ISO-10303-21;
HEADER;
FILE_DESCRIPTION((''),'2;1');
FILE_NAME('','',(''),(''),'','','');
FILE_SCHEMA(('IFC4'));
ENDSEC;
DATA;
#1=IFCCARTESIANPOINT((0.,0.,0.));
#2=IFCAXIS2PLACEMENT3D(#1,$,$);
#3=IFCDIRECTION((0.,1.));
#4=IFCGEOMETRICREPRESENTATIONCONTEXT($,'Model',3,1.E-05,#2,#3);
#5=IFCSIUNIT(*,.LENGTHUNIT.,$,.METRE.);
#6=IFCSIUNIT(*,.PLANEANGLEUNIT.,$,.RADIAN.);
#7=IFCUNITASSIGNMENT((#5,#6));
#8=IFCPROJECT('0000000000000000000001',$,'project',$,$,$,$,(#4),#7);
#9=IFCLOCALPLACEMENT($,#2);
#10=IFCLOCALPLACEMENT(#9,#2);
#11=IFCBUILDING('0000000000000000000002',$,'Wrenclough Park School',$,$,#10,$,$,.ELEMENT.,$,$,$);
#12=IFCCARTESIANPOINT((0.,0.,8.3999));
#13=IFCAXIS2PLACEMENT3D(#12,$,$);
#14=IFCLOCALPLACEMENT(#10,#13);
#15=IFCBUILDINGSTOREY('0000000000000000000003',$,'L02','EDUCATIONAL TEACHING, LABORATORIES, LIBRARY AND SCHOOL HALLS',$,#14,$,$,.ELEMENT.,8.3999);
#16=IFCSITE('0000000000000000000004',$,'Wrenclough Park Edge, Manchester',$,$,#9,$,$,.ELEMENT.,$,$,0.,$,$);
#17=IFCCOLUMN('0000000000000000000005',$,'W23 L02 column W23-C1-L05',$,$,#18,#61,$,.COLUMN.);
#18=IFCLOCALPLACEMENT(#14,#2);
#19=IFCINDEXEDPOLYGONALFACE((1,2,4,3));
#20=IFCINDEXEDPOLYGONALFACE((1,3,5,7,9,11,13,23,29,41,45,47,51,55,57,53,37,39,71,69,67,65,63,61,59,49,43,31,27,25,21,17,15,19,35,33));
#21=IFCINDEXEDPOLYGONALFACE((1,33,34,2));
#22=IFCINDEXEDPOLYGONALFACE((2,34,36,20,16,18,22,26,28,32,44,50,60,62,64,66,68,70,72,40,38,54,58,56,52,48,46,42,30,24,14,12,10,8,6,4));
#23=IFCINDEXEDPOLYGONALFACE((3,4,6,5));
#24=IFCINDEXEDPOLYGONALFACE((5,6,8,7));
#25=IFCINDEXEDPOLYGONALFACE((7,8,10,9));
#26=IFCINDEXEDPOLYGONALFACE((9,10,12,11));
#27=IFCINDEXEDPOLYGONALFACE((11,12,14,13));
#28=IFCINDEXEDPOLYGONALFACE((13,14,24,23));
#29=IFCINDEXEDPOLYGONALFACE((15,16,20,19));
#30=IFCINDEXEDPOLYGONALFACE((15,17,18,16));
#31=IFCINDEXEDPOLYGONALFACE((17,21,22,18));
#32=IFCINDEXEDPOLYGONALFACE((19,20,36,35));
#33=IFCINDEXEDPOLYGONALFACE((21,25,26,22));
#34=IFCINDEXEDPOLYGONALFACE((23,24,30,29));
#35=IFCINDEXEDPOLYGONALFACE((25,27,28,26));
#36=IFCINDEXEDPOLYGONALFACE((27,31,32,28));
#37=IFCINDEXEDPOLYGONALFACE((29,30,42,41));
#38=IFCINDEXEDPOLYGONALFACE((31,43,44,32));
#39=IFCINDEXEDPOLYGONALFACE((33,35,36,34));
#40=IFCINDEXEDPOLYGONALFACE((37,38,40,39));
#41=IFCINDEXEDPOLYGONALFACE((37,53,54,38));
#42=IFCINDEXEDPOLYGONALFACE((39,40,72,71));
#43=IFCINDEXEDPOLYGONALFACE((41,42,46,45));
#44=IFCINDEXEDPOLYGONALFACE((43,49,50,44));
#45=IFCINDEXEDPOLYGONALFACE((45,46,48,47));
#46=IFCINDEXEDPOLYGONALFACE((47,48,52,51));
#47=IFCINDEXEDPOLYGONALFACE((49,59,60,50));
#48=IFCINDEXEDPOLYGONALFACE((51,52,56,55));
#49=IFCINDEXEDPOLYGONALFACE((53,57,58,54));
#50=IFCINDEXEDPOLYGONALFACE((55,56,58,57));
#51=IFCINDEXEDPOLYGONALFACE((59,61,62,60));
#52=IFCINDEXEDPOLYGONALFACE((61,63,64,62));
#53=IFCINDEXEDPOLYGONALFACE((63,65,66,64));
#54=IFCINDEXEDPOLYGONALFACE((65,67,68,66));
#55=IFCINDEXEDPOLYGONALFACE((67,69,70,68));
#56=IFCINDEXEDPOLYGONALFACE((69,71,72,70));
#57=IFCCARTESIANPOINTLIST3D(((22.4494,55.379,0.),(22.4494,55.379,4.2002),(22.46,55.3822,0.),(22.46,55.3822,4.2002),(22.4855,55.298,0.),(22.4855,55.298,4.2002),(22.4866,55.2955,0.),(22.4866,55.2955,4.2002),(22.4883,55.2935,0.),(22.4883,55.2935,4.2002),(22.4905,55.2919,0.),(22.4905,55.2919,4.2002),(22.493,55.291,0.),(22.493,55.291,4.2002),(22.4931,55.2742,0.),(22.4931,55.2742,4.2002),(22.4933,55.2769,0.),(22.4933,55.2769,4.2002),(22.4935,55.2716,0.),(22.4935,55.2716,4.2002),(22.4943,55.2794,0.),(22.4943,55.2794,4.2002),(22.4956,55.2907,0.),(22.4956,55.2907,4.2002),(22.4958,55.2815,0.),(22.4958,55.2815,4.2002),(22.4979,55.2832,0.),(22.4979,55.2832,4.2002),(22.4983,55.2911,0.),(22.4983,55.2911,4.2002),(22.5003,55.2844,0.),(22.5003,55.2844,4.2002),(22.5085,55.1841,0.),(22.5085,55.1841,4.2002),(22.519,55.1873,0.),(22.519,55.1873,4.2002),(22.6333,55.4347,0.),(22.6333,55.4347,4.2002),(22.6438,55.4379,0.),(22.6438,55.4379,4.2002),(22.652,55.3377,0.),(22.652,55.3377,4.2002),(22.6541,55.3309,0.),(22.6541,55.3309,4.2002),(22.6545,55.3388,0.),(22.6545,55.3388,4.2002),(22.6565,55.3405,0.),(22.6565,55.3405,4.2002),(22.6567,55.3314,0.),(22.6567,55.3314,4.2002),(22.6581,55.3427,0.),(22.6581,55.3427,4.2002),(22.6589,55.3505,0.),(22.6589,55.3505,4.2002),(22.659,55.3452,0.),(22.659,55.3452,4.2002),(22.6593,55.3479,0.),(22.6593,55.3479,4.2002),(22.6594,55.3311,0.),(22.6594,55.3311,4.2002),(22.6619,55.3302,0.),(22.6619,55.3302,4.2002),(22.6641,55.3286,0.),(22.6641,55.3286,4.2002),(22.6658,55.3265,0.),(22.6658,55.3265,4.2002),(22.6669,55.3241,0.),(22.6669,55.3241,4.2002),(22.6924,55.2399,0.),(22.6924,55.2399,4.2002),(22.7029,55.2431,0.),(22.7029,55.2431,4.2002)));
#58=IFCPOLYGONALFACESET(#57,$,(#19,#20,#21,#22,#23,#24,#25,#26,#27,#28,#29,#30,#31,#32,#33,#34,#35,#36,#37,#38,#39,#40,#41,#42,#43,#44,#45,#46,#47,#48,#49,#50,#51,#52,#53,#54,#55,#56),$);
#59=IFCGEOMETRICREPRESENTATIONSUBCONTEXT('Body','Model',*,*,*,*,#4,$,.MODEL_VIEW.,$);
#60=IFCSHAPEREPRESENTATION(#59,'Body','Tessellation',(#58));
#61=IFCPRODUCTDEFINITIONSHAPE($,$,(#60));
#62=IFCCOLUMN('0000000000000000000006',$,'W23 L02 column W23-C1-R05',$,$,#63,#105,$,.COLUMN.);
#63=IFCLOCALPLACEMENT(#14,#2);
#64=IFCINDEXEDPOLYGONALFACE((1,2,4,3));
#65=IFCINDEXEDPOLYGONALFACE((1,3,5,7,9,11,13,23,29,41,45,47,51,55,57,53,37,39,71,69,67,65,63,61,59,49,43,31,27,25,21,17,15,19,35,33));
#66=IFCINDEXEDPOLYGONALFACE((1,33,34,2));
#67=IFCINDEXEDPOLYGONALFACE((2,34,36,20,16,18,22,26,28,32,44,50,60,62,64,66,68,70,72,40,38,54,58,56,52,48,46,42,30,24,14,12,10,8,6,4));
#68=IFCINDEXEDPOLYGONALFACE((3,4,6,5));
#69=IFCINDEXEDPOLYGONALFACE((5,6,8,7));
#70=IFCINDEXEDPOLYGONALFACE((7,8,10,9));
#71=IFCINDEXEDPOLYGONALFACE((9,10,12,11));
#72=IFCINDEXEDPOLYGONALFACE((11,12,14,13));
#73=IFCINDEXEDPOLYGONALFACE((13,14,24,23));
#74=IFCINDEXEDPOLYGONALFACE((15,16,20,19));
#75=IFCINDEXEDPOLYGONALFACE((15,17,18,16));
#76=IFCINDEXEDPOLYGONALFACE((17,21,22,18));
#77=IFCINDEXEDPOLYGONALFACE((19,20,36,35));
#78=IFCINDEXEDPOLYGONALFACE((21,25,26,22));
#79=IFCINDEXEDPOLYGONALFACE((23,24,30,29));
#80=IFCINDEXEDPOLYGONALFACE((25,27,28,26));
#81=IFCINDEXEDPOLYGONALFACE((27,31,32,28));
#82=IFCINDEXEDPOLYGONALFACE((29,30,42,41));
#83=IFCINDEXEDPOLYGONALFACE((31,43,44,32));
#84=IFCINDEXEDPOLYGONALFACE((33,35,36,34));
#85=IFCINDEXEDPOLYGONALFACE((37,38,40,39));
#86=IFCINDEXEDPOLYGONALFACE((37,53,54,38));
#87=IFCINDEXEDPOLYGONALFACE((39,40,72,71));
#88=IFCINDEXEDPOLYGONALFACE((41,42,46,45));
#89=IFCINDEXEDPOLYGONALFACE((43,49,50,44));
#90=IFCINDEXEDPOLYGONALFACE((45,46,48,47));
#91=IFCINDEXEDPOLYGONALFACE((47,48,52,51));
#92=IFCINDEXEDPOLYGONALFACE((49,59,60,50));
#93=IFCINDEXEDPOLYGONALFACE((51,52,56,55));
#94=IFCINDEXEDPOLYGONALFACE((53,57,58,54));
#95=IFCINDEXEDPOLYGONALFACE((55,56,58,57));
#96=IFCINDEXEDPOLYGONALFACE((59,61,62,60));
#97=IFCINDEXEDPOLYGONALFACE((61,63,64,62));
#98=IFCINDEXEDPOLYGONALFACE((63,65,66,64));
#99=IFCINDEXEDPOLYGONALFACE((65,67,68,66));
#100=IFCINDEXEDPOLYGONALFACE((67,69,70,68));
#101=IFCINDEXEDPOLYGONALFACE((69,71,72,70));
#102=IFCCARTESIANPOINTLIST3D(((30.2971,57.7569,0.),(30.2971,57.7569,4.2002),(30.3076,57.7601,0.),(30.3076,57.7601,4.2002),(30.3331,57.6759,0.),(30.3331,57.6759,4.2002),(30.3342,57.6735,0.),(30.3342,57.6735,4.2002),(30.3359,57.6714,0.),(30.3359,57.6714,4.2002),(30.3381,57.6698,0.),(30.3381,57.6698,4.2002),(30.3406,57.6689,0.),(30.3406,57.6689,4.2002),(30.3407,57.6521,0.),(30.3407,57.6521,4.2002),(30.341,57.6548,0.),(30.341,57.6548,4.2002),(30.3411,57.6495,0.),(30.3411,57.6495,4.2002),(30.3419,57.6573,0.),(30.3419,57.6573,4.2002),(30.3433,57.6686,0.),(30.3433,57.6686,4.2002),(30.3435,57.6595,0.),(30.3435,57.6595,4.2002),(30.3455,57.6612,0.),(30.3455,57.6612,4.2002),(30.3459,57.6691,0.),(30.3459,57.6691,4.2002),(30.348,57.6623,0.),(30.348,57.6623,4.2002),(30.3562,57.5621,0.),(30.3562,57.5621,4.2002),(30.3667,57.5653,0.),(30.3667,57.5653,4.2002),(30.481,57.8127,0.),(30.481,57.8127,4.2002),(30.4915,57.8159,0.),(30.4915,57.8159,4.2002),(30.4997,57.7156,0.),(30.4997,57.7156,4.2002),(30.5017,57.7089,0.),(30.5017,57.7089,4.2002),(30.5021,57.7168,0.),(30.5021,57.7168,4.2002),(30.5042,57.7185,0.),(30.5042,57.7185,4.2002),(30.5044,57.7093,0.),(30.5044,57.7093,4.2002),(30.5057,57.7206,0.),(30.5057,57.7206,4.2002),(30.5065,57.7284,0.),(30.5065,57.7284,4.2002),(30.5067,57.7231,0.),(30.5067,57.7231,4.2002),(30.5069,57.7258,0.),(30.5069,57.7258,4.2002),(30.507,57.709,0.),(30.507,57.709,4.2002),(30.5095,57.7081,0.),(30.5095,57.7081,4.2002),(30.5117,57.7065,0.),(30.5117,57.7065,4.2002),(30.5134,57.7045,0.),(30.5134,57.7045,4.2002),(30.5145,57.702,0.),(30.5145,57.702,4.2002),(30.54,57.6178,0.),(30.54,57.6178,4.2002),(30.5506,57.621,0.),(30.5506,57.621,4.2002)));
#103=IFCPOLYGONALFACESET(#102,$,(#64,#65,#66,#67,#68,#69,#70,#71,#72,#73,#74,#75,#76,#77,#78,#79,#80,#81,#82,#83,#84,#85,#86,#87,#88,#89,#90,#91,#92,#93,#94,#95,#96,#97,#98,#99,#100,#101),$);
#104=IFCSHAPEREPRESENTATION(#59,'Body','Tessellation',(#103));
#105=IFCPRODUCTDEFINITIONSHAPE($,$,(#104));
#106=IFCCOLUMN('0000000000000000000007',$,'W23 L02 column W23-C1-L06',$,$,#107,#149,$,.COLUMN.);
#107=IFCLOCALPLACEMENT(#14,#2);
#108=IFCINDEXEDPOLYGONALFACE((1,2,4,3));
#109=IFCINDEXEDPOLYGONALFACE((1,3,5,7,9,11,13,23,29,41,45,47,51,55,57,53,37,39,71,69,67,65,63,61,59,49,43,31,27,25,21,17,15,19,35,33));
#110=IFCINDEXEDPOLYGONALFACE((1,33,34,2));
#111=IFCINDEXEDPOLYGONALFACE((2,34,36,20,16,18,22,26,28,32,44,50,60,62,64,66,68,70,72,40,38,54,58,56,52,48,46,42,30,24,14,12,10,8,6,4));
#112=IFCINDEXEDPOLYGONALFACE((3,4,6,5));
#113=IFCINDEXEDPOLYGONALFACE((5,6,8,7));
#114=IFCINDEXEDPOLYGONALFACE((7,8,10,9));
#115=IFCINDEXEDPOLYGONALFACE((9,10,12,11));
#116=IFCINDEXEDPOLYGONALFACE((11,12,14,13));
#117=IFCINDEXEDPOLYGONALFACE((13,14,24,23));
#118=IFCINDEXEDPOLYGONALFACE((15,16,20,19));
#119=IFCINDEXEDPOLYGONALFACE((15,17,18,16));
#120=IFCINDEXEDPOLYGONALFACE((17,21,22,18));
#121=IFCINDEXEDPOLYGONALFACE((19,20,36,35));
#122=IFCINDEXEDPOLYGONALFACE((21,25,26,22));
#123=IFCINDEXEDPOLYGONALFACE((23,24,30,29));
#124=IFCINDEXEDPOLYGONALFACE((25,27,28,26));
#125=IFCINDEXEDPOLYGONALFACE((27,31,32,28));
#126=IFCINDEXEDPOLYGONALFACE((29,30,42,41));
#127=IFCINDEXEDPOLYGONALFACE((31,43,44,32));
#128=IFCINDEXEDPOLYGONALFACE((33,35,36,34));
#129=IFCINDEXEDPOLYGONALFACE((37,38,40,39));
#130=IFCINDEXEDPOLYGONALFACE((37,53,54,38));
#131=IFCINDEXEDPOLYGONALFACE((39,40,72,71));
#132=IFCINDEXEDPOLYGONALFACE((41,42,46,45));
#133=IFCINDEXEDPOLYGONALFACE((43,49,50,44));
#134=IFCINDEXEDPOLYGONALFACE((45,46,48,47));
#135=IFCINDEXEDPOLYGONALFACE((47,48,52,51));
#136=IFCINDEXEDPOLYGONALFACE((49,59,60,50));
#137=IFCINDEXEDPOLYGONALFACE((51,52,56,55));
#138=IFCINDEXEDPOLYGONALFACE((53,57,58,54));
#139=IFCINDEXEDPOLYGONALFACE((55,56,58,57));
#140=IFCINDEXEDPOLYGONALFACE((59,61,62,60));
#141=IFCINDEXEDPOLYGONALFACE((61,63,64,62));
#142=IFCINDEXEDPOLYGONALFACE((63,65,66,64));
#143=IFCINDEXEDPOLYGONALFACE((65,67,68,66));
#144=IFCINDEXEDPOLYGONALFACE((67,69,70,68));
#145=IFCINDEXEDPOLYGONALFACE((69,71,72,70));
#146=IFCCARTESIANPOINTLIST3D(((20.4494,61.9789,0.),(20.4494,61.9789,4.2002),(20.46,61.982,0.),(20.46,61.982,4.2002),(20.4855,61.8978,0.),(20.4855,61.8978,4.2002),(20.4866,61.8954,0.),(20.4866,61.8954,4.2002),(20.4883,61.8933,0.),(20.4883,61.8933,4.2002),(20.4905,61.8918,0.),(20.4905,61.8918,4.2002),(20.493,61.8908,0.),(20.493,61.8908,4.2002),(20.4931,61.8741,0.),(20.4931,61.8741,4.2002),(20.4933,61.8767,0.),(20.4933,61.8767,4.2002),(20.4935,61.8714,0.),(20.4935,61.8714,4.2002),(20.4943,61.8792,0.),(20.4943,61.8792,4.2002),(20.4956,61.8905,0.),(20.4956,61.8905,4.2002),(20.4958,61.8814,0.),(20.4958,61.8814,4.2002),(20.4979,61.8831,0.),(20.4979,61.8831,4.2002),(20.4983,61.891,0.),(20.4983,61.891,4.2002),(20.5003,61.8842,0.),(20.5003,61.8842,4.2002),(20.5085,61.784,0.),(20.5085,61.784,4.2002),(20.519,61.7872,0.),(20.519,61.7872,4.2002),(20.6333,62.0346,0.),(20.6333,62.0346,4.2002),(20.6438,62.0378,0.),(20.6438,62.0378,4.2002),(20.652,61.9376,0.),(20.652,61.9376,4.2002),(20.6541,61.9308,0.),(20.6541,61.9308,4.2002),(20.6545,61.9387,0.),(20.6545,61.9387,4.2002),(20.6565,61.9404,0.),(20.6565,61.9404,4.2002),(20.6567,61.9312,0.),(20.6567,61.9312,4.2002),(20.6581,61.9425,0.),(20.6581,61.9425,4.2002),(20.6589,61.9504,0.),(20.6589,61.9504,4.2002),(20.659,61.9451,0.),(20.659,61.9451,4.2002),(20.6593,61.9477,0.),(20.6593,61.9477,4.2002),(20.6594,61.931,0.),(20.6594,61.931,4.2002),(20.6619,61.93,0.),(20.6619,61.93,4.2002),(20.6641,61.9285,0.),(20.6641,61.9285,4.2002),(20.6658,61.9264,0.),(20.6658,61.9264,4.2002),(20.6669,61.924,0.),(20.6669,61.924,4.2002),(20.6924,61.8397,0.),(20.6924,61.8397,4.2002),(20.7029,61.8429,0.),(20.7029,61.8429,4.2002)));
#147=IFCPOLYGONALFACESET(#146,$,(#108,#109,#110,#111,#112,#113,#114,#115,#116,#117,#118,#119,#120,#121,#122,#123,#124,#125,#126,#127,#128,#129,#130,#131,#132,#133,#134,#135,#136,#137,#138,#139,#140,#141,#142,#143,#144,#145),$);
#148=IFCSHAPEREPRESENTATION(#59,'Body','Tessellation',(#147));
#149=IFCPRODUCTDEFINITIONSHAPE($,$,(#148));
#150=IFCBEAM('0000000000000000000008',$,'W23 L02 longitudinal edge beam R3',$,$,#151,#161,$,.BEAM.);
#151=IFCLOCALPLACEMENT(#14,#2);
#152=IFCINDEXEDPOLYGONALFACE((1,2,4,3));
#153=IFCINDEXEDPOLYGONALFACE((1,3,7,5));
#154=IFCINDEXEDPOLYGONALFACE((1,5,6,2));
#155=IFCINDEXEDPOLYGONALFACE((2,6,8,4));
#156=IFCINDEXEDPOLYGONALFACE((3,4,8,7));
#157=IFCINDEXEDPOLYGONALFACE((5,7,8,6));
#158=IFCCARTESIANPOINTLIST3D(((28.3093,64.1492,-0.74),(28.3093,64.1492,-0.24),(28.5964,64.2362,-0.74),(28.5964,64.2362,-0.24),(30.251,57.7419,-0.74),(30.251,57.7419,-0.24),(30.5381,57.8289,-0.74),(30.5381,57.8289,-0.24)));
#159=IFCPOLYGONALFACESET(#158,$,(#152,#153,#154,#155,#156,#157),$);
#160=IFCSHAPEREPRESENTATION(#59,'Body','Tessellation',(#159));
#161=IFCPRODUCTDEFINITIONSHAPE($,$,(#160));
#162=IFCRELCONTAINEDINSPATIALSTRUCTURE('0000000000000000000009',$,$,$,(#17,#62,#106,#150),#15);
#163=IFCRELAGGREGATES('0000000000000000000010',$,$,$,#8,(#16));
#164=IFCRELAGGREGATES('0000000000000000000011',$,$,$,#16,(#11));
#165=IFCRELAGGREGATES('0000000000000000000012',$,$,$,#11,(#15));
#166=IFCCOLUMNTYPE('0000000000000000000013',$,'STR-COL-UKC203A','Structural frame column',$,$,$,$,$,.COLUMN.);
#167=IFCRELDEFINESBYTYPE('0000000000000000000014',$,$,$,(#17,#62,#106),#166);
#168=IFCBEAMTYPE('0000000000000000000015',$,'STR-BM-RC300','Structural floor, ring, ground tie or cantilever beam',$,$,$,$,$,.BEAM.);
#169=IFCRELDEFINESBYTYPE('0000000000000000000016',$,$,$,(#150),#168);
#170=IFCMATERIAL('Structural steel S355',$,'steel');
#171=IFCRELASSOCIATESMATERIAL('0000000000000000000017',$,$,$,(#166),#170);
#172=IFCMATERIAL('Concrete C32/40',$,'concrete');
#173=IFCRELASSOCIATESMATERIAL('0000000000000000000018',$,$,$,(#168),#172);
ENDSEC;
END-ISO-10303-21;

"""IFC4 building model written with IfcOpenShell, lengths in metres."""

from ifc_helpers import new_model, si_unit, direction, frame, origin, origin_2d, place, context, subcontext, project, spatial, rectangle, i_section, extrude, material, material_profile, profile_set, type_object, element, save


model = new_model("IFC4")

# Units and contexts
model_context = context("Model", 3, precision=1e-05, world=origin(), true_north=direction((0.0, 1.0)))
body_context = subcontext(model_context, "Body", "Model", "MODEL_VIEW")
ifc_project = project(units=[si_unit("LENGTHUNIT", "METRE"), si_unit("PLANEANGLEUNIT", "RADIAN")], contexts=[model_context])

# Site, building, storey
site_placement = place(None, origin())
site = spatial("IfcSite", under=ifc_project, at=site_placement, Name="Wrenclough Park Edge, Manchester", CompositionType="ELEMENT", RefElevation=0.0)
building_placement = place(site_placement, origin())
building = spatial("IfcBuilding", under=site, at=building_placement, Name="Wrenclough Park School", CompositionType="ELEMENT")
storey_placement = place(building_placement, frame((0.0, 0.0, 8.3999)))
storey = spatial("IfcBuildingStorey", under=building, at=storey_placement, Name="L02", Description="EDUCATIONAL TEACHING, LABORATORIES, LIBRARY AND SCHOOL HALLS", CompositionType="ELEMENT", Elevation=8.3999)

# Columns
ifc_material_1 = material(Name="Structural steel S355", Category="steel")
ifc_material_profile_1 = material_profile(ifc_material_1, i_section(OverallWidth=0.2036, OverallDepth=0.2031, WebThickness=0.0071, FlangeThickness=0.011, FilletRadius=0.0103, at=origin_2d()), Name="UKC 203x203x46")
ifc_profile_set_1 = profile_set([ifc_material_profile_1], Name="Structural steel S355")
column_type = type_object("IfcColumnType", Name="STR-COL-UKC203A", Description="Structural frame column", PredefinedType="COLUMN", material=ifc_profile_set_1)
for number, where, z_axis, x_axis, name in (
    (1, (22.5762, 55.311, 0.0), (0.0, 0.0, 1.0), (-0.290034, 0.957016, 0.0), "W23 L02 column W23-C1-L05"),
    (2, (30.4238, 57.689, 0.0), (0.0, 0.0, 1.0), (-0.290034, 0.957016, 0.0), "W23 L02 column W23-C1-R05"),
    (3, (20.5762, 61.9109, 0.0), (0.0, 0.0, 1.0), (-0.290034, 0.957016, 0.0), "W23 L02 column W23-C1-L06"),
):
    element("IfcColumn", number, at=place(storey_placement, frame(where, z_axis=z_axis, x_axis=x_axis)), inside=storey, type_object=column_type, Name=name, PredefinedType="COLUMN", context=body_context, shape_type="SweptSolid", body=[
        extrude(i_section(OverallWidth=0.2036, OverallDepth=0.2031, WebThickness=0.0071, FlangeThickness=0.011, FilletRadius=0.0103, at=origin_2d()), origin(), (0.0, 0.0, 1.0), 4.2002),
    ])

# Beam
ifc_material_2 = material(Name="Concrete C32/40", Category="concrete")
ifc_material_profile_2 = material_profile(ifc_material_2, rectangle(XDim=0.3, YDim=0.5, at=origin_2d()), Name="RC BEAM 300x500")
ifc_profile_set_2 = profile_set([ifc_material_profile_2], Name="Concrete C32/40")
beam_type_1 = type_object("IfcBeamType", Name="STR-BM-RC300", Description="Structural floor, ring, ground tie or cantilever beam", PredefinedType="BEAM", material=ifc_profile_set_2)
beam_1_placement = place(storey_placement, frame((30.3945, 57.7854, -0.49), z_axis=(-0.290017, 0.957022, 0.0), x_axis=(-0.957022, -0.290017, 0.0)))
element("IfcBeam", 4, at=beam_1_placement, inside=storey, type_object=beam_type_1, Name="W23 L02 longitudinal edge beam R3", PredefinedType="BEAM", context=body_context, shape_type="SweptSolid", body=[
    extrude(rectangle(XDim=0.3, YDim=0.5, at=origin_2d()), origin(), (0.0, 0.0, 1.0), 6.6951),
])

save(model, "model.ifc")
